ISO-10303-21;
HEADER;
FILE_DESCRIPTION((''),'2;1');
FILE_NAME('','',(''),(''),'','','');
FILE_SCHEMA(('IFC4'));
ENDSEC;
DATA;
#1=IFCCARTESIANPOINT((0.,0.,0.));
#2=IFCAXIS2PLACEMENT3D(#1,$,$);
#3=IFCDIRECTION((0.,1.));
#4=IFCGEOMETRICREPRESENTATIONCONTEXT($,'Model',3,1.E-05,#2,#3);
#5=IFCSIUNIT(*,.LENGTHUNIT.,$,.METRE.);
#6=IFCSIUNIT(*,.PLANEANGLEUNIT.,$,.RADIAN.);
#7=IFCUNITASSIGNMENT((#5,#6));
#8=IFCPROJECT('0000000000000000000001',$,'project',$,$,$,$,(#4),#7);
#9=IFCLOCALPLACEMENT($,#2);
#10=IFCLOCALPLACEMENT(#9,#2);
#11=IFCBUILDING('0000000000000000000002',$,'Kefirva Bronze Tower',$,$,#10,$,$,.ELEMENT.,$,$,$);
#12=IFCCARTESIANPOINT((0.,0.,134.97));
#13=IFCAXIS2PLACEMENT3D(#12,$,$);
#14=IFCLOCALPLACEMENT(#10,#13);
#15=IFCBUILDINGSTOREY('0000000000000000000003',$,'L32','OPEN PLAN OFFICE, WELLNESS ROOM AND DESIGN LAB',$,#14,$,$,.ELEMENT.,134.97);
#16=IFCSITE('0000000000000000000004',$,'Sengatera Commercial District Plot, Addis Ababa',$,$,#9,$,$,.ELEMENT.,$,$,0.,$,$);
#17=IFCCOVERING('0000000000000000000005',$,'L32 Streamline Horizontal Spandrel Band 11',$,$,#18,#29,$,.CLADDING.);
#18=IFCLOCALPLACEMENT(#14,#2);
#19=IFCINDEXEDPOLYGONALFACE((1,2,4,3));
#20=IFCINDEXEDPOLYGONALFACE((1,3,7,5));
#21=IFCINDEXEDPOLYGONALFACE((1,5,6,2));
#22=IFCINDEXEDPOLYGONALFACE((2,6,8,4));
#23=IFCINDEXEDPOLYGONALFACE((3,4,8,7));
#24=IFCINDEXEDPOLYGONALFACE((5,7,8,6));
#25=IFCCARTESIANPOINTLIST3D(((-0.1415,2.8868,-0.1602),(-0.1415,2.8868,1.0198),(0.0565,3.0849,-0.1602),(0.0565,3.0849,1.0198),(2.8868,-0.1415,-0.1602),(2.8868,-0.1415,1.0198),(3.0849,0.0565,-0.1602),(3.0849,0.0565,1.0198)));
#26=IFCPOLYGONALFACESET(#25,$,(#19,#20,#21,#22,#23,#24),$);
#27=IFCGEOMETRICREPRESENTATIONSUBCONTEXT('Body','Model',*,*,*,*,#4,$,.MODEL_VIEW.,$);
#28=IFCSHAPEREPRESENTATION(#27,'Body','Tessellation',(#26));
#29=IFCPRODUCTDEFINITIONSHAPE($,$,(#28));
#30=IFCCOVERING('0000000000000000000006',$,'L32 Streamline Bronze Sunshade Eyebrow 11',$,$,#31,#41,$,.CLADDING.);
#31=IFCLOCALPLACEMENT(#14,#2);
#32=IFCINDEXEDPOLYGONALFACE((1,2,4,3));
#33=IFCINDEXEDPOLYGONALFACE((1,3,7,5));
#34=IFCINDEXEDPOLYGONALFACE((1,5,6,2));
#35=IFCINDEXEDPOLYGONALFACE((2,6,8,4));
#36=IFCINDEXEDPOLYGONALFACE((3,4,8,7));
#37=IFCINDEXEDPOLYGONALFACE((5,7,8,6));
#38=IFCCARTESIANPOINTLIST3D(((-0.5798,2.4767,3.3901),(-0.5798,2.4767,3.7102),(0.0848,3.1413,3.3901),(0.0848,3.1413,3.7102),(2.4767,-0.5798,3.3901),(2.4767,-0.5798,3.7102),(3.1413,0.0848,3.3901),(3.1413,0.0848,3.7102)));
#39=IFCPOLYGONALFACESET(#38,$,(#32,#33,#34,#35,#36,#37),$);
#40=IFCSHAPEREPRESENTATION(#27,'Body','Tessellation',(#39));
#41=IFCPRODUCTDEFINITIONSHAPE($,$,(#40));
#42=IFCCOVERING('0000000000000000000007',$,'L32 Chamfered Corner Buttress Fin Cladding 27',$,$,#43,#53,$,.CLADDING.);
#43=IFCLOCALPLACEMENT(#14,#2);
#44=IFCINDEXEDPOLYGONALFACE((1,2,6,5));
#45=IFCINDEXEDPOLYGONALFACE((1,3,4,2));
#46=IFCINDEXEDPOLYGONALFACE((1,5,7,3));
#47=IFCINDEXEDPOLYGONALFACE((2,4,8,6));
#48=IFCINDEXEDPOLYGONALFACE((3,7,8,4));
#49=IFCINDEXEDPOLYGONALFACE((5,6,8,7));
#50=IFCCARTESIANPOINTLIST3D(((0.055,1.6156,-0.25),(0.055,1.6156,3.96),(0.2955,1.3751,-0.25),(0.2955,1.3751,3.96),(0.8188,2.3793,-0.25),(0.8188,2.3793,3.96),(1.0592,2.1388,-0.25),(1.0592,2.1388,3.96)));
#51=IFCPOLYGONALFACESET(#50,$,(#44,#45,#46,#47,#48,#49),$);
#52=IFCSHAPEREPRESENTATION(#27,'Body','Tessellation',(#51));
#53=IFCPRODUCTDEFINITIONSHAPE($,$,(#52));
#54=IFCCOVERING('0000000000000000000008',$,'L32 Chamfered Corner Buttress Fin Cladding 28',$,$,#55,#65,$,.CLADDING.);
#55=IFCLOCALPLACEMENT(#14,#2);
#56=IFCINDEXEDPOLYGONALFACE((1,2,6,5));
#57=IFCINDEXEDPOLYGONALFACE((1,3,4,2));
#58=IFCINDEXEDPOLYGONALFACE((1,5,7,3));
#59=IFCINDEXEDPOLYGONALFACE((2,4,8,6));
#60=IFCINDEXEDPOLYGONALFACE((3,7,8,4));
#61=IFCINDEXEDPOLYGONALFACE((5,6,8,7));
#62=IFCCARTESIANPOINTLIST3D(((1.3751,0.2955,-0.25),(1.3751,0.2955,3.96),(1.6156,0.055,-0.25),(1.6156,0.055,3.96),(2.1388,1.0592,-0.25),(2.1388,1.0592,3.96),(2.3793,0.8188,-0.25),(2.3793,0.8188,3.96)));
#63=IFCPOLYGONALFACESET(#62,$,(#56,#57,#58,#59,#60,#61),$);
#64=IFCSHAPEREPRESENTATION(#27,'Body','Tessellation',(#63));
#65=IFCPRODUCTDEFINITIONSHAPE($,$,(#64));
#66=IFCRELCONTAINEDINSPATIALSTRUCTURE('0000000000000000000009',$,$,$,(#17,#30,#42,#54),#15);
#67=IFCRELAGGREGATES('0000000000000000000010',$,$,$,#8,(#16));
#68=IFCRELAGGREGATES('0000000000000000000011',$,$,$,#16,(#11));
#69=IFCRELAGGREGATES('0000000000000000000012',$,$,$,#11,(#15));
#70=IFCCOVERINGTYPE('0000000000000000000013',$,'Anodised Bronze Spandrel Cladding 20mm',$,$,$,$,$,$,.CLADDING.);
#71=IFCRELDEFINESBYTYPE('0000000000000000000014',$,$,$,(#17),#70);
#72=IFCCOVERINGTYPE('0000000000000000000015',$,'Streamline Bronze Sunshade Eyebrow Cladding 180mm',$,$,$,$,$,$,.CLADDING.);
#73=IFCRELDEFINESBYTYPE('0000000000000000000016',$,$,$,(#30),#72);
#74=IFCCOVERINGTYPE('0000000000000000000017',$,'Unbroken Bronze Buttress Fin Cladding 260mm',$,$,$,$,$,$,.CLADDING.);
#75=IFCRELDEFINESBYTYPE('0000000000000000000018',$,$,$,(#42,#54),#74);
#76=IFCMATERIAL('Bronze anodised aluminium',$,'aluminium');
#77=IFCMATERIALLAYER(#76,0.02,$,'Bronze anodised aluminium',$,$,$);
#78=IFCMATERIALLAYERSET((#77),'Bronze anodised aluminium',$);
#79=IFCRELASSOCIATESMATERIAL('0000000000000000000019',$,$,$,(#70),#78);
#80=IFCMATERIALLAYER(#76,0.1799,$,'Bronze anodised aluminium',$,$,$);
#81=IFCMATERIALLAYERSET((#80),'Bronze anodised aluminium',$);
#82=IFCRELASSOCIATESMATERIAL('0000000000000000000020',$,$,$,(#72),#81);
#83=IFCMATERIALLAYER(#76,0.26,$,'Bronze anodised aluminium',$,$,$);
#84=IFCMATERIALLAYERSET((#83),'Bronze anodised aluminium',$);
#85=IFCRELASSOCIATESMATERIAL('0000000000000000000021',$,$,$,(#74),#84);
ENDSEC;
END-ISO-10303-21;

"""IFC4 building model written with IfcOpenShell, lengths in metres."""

from ifc_helpers import new_model, si_unit, direction, frame, origin, origin_2d, place, context, subcontext, project, spatial, rectangle, extrude, material, layer, layer_set, type_object, element, save


model = new_model("IFC4")

# Units and contexts
model_context = context("Model", 3, precision=1e-05, world=origin(), true_north=direction((0.0, 1.0)))
body_context = subcontext(model_context, "Body", "Model", "MODEL_VIEW")
ifc_project = project(units=[si_unit("LENGTHUNIT", "METRE"), si_unit("PLANEANGLEUNIT", "RADIAN")], contexts=[model_context])

# Site, building, storey
site_placement = place(None, origin())
site = spatial("IfcSite", under=ifc_project, at=site_placement, Name="Sengatera Commercial District Plot, Addis Ababa", CompositionType="ELEMENT", RefElevation=0.0)
building_placement = place(site_placement, origin())
building = spatial("IfcBuilding", under=site, at=building_placement, Name="Kefirva Bronze Tower", CompositionType="ELEMENT")
storey_placement = place(building_placement, frame((0.0, 0.0, 134.97)))
storey = spatial("IfcBuildingStorey", under=building, at=storey_placement, Name="L32", Description="OPEN PLAN OFFICE, WELLNESS ROOM AND DESIGN LAB", CompositionType="ELEMENT", Elevation=134.97)

# Shared definitions
ifc_material_1 = material(Name="Bronze anodised aluminium", Category="aluminium")

# Coverings
ifc_layer_1 = layer(ifc_material_1, 0.02, Name="Bronze anodised aluminium")
ifc_layer_set_1 = layer_set([ifc_layer_1], Name="Bronze anodised aluminium")
covering_type_1 = type_object("IfcCoveringType", Name="Anodised Bronze Spandrel Cladding 20mm", PredefinedType="CLADDING", material=ifc_layer_set_1)
covering_1_placement = place(storey_placement, frame((1.4717, 1.4717, -0.1602), z_axis=(0.0, 0.0, 1.0), x_axis=(0.707107, -0.707107, 0.0)))
element("IfcCovering", 1, at=covering_1_placement, inside=storey, type_object=covering_type_1, Name="L32 Streamline Horizontal Spandrel Band 11", PredefinedType="CLADDING", context=body_context, shape_type="SweptSolid", body=[
    extrude(rectangle(XDim=4.2827, YDim=0.28, at=origin_2d()), origin(), (0.0, 0.0, 1.0), 1.1799),
])
ifc_layer_2 = layer(ifc_material_1, 0.1799, Name="Bronze anodised aluminium")
ifc_layer_set_2 = layer_set([ifc_layer_2], Name="Bronze anodised aluminium")
covering_type_2 = type_object("IfcCoveringType", Name="Streamline Bronze Sunshade Eyebrow Cladding 180mm", PredefinedType="CLADDING", material=ifc_layer_set_2)
covering_2_placement = place(storey_placement, frame((1.2808, 1.2808, 3.3901), z_axis=(0.0, 0.0, 1.0), x_axis=(0.707107, -0.707107, 0.0)))
element("IfcCovering", 2, at=covering_2_placement, inside=storey, type_object=covering_type_2, Name="L32 Streamline Bronze Sunshade Eyebrow 11", PredefinedType="CLADDING", context=body_context, shape_type="SweptSolid", body=[
    extrude(rectangle(XDim=4.3225, YDim=0.9399, at=origin_2d()), origin(), (0.0, 0.0, 1.0), 0.3201),
])
ifc_layer_3 = layer(ifc_material_1, 0.26, Name="Bronze anodised aluminium")
ifc_layer_set_3 = layer_set([ifc_layer_3], Name="Bronze anodised aluminium")
covering_type_3 = type_object("IfcCoveringType", Name="Unbroken Bronze Buttress Fin Cladding 260mm", PredefinedType="CLADDING", material=ifc_layer_set_3)
for number, where, z_axis, x_axis, name in (
    (3, (0.5571, 1.8772, -0.25), (0.0, 0.0, 1.0), (0.707107, -0.707107, 0.0), "L32 Chamfered Corner Buttress Fin Cladding 27"),
    (4, (1.8772, 0.5571, -0.25), (0.0, 0.0, 1.0), (0.707107, -0.707107, 0.0), "L32 Chamfered Corner Buttress Fin Cladding 28"),
):
    element("IfcCovering", number, at=place(storey_placement, frame(where, z_axis=z_axis, x_axis=x_axis)), inside=storey, type_object=covering_type_3, Name=name, PredefinedType="CLADDING", context=body_context, shape_type="SweptSolid", body=[
        extrude(rectangle(XDim=0.3401, YDim=1.0801, at=origin_2d()), origin(), (0.0, 0.0, 1.0), 4.21),
    ])

save(model, "model.ifc")
